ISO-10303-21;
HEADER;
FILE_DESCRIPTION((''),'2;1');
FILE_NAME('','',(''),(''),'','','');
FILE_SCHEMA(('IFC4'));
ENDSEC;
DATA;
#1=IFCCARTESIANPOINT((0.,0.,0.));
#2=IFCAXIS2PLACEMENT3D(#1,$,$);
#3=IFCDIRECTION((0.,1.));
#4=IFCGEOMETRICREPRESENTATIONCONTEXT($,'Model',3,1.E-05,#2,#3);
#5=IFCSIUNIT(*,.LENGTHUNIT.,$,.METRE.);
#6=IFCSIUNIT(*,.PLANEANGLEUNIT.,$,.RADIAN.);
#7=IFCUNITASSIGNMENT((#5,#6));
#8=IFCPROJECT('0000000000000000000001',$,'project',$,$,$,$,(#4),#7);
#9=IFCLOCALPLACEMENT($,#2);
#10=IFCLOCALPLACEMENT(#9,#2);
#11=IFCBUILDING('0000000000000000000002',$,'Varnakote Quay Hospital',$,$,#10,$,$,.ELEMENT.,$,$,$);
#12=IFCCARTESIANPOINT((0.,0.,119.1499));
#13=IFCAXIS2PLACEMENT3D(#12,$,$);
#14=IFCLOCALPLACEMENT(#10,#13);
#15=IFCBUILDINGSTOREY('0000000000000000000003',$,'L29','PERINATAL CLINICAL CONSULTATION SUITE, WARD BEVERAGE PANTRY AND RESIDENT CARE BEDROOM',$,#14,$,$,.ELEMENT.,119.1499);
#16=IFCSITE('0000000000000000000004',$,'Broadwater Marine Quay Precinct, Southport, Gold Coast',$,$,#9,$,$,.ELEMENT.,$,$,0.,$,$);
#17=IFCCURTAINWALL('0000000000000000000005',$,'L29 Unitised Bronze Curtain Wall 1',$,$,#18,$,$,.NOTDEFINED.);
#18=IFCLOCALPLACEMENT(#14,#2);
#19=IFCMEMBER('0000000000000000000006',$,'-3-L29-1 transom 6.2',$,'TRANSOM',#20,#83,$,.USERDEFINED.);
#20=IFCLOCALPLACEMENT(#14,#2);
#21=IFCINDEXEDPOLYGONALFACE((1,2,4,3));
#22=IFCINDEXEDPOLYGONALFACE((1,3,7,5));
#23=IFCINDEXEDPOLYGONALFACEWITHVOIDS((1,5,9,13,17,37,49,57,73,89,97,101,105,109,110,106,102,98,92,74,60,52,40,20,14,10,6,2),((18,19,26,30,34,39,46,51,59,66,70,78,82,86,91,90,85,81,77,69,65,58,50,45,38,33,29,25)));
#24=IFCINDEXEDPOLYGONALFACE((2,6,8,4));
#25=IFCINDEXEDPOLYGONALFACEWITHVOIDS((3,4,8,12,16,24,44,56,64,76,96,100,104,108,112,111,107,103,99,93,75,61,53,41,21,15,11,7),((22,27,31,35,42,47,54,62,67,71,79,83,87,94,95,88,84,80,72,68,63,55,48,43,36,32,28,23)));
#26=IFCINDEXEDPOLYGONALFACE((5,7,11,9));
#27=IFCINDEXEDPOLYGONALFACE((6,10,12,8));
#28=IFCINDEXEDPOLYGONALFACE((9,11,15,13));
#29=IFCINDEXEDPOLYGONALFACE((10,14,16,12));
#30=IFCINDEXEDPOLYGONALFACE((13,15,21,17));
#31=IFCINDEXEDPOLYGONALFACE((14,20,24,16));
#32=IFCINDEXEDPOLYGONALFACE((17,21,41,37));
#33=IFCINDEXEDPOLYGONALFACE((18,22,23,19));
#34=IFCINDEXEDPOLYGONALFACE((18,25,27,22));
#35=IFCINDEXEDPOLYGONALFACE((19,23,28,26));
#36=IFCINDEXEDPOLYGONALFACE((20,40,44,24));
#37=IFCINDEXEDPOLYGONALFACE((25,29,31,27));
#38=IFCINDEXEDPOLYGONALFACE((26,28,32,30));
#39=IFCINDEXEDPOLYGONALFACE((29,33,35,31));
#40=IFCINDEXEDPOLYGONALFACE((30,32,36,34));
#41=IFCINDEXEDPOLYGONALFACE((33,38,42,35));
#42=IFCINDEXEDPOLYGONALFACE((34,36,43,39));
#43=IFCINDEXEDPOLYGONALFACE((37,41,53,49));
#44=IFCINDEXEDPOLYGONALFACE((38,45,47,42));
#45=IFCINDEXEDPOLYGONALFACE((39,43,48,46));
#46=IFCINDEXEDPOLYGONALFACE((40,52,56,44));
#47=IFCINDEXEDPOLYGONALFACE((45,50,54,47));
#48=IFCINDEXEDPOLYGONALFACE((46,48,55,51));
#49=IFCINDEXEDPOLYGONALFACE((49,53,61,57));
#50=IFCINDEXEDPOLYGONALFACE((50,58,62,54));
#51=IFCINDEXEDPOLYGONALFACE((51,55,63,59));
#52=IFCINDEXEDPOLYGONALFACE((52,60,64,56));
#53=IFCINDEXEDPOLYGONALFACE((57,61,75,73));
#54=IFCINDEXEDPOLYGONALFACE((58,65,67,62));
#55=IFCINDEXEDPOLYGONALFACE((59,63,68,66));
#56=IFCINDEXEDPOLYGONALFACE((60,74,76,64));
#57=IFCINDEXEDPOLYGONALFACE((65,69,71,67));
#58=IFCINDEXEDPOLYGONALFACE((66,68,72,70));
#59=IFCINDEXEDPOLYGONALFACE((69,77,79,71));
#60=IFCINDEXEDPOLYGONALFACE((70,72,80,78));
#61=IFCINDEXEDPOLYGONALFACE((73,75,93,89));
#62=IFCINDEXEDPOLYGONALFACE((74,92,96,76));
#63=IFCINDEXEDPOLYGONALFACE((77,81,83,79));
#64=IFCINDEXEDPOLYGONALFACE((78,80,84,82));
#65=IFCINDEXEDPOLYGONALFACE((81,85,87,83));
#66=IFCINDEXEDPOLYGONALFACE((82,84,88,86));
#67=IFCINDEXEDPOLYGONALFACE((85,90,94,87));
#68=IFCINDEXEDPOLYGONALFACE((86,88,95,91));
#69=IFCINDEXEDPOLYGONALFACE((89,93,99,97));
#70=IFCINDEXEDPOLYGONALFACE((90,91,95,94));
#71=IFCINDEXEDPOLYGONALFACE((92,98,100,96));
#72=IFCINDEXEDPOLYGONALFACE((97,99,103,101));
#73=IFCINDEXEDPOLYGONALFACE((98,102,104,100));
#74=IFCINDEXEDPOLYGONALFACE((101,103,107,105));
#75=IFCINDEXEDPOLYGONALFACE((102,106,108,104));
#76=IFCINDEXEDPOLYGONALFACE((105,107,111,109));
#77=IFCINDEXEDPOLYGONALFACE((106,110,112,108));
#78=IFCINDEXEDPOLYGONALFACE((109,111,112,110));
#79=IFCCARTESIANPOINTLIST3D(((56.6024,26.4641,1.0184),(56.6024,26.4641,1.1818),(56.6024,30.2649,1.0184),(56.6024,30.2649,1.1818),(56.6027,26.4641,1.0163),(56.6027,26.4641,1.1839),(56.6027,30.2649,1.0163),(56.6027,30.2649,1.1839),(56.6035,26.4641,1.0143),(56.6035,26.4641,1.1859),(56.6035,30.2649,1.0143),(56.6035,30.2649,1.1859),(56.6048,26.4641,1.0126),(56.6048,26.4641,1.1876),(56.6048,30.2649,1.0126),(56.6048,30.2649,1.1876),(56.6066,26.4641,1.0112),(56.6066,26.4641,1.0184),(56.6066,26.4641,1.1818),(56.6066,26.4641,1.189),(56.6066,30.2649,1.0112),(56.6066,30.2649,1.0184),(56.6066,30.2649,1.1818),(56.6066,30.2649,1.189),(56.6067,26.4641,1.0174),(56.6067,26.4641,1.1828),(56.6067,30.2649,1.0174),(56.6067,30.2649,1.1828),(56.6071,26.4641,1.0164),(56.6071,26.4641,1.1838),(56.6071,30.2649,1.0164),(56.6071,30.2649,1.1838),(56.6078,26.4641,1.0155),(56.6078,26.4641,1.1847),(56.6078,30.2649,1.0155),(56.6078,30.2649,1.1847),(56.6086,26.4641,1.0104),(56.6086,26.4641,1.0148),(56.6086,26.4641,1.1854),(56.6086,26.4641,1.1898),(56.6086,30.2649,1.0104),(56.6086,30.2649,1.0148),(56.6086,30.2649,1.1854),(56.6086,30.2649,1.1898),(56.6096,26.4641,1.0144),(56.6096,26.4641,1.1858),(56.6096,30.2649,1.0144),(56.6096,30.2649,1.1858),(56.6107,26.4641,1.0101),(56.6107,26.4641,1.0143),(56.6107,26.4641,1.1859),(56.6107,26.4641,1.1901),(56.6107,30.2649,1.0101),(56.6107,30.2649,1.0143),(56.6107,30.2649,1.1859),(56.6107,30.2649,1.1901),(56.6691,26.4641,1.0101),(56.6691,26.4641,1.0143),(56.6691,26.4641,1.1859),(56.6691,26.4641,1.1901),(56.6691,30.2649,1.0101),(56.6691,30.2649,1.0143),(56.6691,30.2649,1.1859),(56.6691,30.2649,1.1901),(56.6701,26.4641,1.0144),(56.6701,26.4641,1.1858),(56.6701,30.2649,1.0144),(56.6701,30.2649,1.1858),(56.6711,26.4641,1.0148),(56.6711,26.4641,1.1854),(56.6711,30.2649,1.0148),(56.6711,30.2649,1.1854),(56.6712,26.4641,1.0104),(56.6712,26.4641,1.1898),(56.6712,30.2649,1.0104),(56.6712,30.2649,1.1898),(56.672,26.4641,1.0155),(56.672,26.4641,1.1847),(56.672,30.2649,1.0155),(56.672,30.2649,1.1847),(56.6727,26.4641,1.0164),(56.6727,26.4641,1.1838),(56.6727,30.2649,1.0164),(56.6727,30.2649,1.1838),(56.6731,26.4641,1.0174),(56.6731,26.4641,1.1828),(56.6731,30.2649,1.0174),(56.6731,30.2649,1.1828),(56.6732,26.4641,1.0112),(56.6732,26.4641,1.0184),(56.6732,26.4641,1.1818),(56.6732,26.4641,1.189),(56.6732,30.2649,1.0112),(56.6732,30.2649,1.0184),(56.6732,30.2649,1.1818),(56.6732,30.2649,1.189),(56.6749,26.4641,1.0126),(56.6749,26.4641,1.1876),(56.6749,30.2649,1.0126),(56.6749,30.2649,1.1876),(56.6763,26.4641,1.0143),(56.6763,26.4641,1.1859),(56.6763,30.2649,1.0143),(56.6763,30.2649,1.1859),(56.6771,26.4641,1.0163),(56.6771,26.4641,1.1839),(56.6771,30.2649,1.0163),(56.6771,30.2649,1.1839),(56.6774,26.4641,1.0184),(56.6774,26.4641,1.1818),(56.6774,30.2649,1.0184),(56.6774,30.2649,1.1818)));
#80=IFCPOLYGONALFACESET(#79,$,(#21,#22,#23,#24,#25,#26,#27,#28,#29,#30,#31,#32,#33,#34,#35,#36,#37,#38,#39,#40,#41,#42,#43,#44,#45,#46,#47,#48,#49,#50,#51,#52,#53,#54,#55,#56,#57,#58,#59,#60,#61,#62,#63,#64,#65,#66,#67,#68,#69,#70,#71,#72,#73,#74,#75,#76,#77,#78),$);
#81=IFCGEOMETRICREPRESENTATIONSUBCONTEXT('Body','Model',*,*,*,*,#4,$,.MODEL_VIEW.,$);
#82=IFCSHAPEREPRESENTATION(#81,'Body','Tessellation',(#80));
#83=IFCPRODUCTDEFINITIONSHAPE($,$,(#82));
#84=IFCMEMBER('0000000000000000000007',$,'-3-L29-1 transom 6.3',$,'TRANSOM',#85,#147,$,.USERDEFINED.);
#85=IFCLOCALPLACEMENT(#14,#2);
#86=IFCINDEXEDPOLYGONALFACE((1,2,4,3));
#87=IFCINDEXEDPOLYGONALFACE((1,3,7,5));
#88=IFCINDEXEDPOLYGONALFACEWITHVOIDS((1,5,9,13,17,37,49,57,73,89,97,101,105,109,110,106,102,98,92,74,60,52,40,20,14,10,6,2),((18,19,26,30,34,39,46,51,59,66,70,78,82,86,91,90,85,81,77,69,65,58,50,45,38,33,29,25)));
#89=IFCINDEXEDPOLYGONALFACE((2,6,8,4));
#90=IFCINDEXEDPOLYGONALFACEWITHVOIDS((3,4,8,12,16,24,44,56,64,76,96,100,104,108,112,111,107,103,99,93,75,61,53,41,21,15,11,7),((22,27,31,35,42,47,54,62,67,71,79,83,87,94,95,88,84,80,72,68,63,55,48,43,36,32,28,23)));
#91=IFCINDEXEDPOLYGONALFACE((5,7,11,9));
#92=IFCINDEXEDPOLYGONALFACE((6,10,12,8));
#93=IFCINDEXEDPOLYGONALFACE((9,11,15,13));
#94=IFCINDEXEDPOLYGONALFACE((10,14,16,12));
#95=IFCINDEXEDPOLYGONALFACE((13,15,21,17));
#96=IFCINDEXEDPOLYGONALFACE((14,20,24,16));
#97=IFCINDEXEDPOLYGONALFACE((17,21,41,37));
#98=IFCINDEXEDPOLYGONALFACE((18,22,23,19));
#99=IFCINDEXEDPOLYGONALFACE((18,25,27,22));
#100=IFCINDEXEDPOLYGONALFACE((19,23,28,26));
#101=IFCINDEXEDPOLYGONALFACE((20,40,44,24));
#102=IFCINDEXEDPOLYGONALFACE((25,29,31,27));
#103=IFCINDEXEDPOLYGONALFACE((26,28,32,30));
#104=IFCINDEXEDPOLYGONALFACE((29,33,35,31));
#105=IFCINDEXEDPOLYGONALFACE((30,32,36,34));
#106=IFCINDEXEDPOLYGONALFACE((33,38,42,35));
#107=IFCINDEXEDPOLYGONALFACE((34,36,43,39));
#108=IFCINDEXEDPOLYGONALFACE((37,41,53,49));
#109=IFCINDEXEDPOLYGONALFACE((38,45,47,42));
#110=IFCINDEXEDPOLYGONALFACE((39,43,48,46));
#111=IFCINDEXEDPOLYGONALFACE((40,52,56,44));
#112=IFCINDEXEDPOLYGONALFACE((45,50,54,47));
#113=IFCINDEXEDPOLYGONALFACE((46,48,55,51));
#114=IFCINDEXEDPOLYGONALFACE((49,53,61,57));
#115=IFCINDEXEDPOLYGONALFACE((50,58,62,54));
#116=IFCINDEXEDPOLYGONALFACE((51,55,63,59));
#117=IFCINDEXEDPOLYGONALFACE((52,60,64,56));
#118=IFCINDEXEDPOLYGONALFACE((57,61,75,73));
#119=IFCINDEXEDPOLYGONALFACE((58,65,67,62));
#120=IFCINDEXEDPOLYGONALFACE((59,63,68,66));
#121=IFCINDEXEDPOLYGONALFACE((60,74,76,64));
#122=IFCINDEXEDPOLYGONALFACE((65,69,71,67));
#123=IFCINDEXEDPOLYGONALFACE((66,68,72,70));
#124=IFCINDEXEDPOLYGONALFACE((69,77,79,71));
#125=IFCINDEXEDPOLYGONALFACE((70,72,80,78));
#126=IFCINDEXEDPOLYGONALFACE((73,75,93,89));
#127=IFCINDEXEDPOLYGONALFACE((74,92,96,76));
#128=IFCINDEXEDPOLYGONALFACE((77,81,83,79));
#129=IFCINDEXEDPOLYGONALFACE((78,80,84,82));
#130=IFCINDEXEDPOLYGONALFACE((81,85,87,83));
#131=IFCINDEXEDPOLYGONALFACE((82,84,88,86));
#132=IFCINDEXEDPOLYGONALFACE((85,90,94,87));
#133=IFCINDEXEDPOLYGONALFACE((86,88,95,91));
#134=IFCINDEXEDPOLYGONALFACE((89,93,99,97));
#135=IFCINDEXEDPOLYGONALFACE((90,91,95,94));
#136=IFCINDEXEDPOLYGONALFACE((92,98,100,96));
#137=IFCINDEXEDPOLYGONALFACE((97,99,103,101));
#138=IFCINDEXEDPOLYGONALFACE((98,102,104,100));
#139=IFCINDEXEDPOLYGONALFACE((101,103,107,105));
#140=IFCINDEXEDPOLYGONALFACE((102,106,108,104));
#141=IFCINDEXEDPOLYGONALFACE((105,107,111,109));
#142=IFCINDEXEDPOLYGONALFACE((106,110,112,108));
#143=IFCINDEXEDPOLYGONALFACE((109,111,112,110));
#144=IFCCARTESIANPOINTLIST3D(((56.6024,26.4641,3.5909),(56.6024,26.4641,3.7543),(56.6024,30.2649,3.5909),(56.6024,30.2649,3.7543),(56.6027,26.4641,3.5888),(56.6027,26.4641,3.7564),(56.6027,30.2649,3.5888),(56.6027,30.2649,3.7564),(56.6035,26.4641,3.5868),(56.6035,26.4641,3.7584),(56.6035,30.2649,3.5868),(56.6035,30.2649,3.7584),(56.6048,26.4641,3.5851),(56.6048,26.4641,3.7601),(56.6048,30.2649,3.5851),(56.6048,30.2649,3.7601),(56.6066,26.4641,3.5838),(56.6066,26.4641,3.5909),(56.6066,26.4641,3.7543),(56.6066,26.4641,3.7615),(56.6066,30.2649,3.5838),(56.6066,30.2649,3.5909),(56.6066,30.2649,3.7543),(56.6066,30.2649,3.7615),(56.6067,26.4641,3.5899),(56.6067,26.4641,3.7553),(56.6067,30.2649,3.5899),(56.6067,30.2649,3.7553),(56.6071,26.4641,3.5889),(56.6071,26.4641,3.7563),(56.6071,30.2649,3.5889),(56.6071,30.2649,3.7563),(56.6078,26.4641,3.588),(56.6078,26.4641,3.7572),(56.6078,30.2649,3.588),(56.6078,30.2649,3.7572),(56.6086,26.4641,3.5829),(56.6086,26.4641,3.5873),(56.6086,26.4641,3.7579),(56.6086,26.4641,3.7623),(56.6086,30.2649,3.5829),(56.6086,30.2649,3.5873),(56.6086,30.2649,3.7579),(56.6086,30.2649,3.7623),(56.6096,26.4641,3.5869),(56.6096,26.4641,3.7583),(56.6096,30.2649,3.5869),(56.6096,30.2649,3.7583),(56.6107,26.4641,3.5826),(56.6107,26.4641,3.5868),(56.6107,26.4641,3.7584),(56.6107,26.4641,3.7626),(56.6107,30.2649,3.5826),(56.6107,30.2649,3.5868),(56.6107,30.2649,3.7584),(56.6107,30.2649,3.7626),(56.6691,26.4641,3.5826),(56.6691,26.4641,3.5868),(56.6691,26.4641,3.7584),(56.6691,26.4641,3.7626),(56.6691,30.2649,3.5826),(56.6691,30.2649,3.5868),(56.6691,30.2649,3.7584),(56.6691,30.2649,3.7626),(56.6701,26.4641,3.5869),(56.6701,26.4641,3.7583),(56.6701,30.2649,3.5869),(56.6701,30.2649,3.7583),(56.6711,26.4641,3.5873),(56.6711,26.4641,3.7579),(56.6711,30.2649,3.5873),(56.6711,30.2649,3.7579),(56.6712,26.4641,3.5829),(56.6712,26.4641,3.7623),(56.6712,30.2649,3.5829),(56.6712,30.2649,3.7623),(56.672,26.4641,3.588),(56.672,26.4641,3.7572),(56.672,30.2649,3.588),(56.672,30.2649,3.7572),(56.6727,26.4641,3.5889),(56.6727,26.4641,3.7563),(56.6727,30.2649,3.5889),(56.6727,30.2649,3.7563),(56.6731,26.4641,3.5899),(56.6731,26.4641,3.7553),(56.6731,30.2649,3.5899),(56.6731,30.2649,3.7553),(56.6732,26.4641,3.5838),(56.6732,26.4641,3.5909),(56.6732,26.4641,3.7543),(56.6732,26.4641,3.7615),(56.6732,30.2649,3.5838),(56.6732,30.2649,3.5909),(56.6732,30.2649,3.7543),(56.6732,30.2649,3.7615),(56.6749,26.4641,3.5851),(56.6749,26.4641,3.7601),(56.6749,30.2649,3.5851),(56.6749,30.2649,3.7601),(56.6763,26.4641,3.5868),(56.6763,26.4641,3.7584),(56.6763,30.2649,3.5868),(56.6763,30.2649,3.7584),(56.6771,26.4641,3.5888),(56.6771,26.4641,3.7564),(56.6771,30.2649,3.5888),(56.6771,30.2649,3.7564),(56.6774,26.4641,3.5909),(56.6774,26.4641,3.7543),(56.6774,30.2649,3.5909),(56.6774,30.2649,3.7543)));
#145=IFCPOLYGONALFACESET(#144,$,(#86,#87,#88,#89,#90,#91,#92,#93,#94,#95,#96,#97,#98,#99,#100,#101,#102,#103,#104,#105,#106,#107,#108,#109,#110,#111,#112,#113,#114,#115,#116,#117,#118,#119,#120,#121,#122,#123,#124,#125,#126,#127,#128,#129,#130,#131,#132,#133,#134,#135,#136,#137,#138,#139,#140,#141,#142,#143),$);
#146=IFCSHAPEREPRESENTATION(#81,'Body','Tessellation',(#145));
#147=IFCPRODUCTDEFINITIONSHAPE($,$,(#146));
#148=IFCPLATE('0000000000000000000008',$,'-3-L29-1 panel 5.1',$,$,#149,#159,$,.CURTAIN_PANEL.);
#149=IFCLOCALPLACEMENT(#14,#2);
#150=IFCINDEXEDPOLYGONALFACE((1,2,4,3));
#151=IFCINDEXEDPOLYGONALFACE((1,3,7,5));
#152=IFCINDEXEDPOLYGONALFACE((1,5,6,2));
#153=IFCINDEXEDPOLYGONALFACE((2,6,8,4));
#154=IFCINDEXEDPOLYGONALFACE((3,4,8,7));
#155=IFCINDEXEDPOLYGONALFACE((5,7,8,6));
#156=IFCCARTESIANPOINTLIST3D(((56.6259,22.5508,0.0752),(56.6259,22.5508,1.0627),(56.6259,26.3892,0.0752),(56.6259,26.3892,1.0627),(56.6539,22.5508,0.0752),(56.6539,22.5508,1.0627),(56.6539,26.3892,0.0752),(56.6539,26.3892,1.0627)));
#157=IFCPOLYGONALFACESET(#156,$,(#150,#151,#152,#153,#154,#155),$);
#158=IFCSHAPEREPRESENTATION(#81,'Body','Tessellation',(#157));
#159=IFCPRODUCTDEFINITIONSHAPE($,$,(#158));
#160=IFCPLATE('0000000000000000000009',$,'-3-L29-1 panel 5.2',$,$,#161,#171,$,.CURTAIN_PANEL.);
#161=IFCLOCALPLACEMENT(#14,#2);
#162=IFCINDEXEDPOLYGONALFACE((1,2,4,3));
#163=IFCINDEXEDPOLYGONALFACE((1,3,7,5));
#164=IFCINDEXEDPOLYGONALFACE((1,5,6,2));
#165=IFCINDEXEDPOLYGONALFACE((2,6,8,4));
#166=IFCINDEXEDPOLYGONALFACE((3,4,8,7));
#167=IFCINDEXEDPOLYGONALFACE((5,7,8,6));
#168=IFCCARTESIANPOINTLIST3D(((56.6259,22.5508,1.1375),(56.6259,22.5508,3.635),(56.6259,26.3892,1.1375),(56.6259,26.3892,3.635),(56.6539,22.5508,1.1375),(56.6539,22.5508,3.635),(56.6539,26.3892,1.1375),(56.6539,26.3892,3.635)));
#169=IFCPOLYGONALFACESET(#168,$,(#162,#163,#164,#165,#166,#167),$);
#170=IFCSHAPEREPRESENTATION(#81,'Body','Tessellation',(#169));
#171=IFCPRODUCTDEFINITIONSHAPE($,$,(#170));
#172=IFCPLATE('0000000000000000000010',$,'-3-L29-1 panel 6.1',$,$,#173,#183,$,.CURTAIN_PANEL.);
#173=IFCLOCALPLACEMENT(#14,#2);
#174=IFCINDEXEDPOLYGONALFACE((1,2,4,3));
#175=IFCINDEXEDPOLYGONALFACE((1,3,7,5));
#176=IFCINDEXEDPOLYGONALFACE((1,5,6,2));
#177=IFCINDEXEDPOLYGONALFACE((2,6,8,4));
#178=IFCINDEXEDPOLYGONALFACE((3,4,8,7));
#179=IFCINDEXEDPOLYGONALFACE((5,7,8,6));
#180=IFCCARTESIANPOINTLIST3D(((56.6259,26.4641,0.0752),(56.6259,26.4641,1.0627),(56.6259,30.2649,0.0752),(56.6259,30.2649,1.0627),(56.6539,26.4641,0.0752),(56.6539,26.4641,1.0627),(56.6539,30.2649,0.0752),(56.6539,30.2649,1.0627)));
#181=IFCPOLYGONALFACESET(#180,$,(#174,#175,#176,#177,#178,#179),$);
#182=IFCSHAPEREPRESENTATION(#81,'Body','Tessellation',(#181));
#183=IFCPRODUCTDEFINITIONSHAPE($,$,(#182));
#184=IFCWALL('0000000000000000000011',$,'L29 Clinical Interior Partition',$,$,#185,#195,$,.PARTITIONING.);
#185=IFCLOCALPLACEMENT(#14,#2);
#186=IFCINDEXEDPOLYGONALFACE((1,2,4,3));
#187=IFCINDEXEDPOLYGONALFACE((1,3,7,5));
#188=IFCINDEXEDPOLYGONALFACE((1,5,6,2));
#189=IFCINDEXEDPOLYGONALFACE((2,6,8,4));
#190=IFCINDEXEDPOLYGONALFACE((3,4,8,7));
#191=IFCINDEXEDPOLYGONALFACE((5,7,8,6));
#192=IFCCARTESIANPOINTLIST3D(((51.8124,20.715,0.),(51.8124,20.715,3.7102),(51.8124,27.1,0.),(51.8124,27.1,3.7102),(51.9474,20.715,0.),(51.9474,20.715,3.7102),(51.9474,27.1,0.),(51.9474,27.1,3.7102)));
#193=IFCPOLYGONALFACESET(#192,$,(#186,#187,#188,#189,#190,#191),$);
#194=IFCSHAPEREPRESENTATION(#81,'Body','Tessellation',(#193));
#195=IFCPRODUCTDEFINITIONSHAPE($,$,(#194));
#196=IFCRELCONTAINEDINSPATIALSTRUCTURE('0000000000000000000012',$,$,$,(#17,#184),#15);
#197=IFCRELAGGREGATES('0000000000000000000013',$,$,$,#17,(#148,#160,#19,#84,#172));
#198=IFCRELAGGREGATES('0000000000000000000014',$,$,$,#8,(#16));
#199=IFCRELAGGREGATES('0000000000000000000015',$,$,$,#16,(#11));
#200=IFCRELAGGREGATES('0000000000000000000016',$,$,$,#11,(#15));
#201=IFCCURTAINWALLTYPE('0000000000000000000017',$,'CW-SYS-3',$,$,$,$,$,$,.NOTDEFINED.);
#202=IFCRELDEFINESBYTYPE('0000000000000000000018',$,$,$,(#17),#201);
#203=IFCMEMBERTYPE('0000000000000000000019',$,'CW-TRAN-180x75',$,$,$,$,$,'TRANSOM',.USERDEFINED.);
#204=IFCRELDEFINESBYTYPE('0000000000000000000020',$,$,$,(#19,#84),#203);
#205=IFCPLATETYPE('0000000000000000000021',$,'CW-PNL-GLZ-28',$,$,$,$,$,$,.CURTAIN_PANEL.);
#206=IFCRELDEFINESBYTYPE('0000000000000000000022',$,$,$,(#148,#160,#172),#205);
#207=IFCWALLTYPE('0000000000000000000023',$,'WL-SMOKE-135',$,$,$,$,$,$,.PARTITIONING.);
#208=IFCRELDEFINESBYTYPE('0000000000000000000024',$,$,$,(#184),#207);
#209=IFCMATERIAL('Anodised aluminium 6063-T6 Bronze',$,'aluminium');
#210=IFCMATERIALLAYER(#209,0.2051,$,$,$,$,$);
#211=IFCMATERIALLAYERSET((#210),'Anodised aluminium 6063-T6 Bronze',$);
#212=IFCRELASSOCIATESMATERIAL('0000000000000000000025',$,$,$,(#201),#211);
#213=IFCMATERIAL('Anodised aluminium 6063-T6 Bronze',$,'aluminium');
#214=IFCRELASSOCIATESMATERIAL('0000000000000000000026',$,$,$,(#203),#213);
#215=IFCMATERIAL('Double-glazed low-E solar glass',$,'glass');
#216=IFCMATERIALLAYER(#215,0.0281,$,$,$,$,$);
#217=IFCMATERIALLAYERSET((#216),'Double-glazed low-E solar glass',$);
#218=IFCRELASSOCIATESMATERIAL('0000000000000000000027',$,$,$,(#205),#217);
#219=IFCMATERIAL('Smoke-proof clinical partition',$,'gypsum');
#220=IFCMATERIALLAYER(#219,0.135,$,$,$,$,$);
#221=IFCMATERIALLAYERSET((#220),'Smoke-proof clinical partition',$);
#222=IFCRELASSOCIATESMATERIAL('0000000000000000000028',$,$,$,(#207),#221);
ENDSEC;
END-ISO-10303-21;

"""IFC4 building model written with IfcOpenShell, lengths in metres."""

from ifc_helpers import new_model, si_unit, direction, frame, frame_2d, origin, origin_2d, place, context, subcontext, project, spatial, rectangle, hollow_rectangle, extrude, material, layer, layer_set, material_profile, profile_set, type_object, element, aggregate, save


model = new_model("IFC4")

# Units and contexts
model_context = context("Model", 3, precision=1e-05, world=origin(), true_north=direction((0.0, 1.0)))
body_context = subcontext(model_context, "Body", "Model", "MODEL_VIEW")
ifc_project = project(units=[si_unit("LENGTHUNIT", "METRE"), si_unit("PLANEANGLEUNIT", "RADIAN")], contexts=[model_context])

# Site, building, storey
site_placement = place(None, origin())
site = spatial("IfcSite", under=ifc_project, at=site_placement, Name="Broadwater Marine Quay Precinct, Southport, Gold Coast", CompositionType="ELEMENT", RefElevation=0.0)
building_placement = place(site_placement, origin())
building = spatial("IfcBuilding", under=site, at=building_placement, Name="Varnakote Quay Hospital", CompositionType="ELEMENT")
storey_placement = place(building_placement, frame((0.0, 0.0, 119.1499)))
storey = spatial("IfcBuildingStorey", under=building, at=storey_placement, Name="L29", Description="PERINATAL CLINICAL CONSULTATION SUITE, WARD BEVERAGE PANTRY AND RESIDENT CARE BEDROOM", CompositionType="ELEMENT", Elevation=119.1499)

# Curtain wall, members, plates
ifc_material_1 = material(Name="Anodised aluminium 6063-T6 Bronze", Category="aluminium")
ifc_layer_1 = layer(ifc_material_1, 0.2051)
ifc_layer_set_1 = layer_set([ifc_layer_1], Name="Anodised aluminium 6063-T6 Bronze")
curtain_wall_type = type_object("IfcCurtainWallType", Name="CW-SYS-3", PredefinedType="NOTDEFINED", material=ifc_layer_set_1)
curtain_wall_placement = place(storey_placement, origin())
curtain_wall = element("IfcCurtainWall", 1, at=curtain_wall_placement, inside=storey, type_object=curtain_wall_type, Name="L29 Unitised Bronze Curtain Wall 1", PredefinedType="NOTDEFINED")
ifc_material_2 = material(Name="Anodised aluminium 6063-T6 Bronze", Category="aluminium")
ifc_material_profile_1 = material_profile(ifc_material_2, hollow_rectangle(XDim=0.075, YDim=0.1799, WallThickness=0.0042, InnerFilletRadius=0.0042, OuterFilletRadius=0.0083, at=origin_2d()), Name="CW-TRAN-180x75")
ifc_profile_set_1 = profile_set([ifc_material_profile_1], Name="Anodised aluminium 6063-T6 Bronze")
member_type_1 = type_object("IfcMemberType", Name="CW-TRAN-180x75", ElementType="TRANSOM", PredefinedType="USERDEFINED", material=ifc_profile_set_1)
member_1_placement = place(storey_placement, frame((56.6399, 26.4641, 1.1001), z_axis=(0.0, 1.0, 0.0), x_axis=(-1.0, 0.0, 0.0)))
member_1 = element("IfcMember", 2, at=member_1_placement, type_object=member_type_1, Name="-3-L29-1 transom 6.2", ObjectType="TRANSOM", PredefinedType="USERDEFINED", context=body_context, shape_type="SweptSolid", body=[
    extrude(hollow_rectangle(XDim=0.075, YDim=0.1799, WallThickness=0.0042, InnerFilletRadius=0.0042, OuterFilletRadius=0.0083, at=origin_2d()), origin(), (0.0, 0.0, 1.0), 3.8008),
])
member_2_placement = place(storey_placement, frame((56.6399, 26.4641, 3.6726), z_axis=(0.0, 1.0, 0.0), x_axis=(-1.0, 0.0, 0.0)))
member_2 = element("IfcMember", 3, at=member_2_placement, type_object=member_type_1, Name="-3-L29-1 transom 6.3", ObjectType="TRANSOM", PredefinedType="USERDEFINED", context=body_context, shape_type="SweptSolid", body=[
    extrude(hollow_rectangle(XDim=0.075, YDim=0.1799, WallThickness=0.0042, InnerFilletRadius=0.0042, OuterFilletRadius=0.0083, at=origin_2d()), origin(), (0.0, 0.0, 1.0), 3.8008),
])
ifc_material_3 = material(Name="Double-glazed low-E solar glass", Category="glass")
ifc_layer_2 = layer(ifc_material_3, 0.0281)
ifc_layer_set_2 = layer_set([ifc_layer_2], Name="Double-glazed low-E solar glass")
plate_type = type_object("IfcPlateType", Name="CW-PNL-GLZ-28", PredefinedType="CURTAIN_PANEL", material=ifc_layer_set_2)
plate_1_placement = place(storey_placement, frame((56.6399, 24.47, 0.0752), z_axis=(0.0, 0.0, 1.0), x_axis=(0.0, 1.0, 0.0)))
plate_1 = element("IfcPlate", 4, at=plate_1_placement, type_object=plate_type, Name="-3-L29-1 panel 5.1", PredefinedType="CURTAIN_PANEL", context=body_context, shape_type="SweptSolid", body=[
    extrude(rectangle(XDim=3.8384, YDim=0.0281, at=origin_2d()), origin(), (0.0, 0.0, 1.0), 0.9875),
])
plate_2_placement = place(storey_placement, frame((56.6399, 24.47, 1.1375), z_axis=(0.0, 0.0, 1.0), x_axis=(0.0, 1.0, 0.0)))
plate_2 = element("IfcPlate", 5, at=plate_2_placement, type_object=plate_type, Name="-3-L29-1 panel 5.2", PredefinedType="CURTAIN_PANEL", context=body_context, shape_type="SweptSolid", body=[
    extrude(rectangle(XDim=3.8384, YDim=0.0281, at=origin_2d()), origin(), (0.0, 0.0, 1.0), 2.4976),
])
plate_3_placement = place(storey_placement, frame((56.6399, 28.3645, 0.0752), z_axis=(0.0, 0.0, 1.0), x_axis=(0.0, 1.0, 0.0)))
plate_3 = element("IfcPlate", 6, at=plate_3_placement, type_object=plate_type, Name="-3-L29-1 panel 6.1", PredefinedType="CURTAIN_PANEL", context=body_context, shape_type="SweptSolid", body=[
    extrude(rectangle(XDim=3.8008, YDim=0.0281, at=origin_2d()), origin(), (0.0, 0.0, 1.0), 0.9875),
])
aggregate(curtain_wall, [plate_1, plate_2, member_1, member_2, plate_3])

# Wall
ifc_material_4 = material(Name="Smoke-proof clinical partition", Category="gypsum")
ifc_layer_3 = layer(ifc_material_4, 0.135)
ifc_layer_set_3 = layer_set([ifc_layer_3], Name="Smoke-proof clinical partition")
wall_type_1 = type_object("IfcWallType", Name="WL-SMOKE-135", PredefinedType="PARTITIONING", material=ifc_layer_set_3)
wall_1_placement = place(storey_placement, frame((51.8799, 20.7151, 0.0), z_axis=(0.0, 0.0, 1.0), x_axis=(0.0, 1.0, 0.0)))
element("IfcWall", 7, at=wall_1_placement, inside=storey, type_object=wall_type_1, Name="L29 Clinical Interior Partition", PredefinedType="PARTITIONING", context=body_context, shape_type="SweptSolid", body=[
    extrude(rectangle(XDim=6.385, YDim=0.135, at=frame_2d((3.1924, 0.0))), origin(), (0.0, 0.0, 1.0), 3.7102),
])

save(model, "model.ifc")
